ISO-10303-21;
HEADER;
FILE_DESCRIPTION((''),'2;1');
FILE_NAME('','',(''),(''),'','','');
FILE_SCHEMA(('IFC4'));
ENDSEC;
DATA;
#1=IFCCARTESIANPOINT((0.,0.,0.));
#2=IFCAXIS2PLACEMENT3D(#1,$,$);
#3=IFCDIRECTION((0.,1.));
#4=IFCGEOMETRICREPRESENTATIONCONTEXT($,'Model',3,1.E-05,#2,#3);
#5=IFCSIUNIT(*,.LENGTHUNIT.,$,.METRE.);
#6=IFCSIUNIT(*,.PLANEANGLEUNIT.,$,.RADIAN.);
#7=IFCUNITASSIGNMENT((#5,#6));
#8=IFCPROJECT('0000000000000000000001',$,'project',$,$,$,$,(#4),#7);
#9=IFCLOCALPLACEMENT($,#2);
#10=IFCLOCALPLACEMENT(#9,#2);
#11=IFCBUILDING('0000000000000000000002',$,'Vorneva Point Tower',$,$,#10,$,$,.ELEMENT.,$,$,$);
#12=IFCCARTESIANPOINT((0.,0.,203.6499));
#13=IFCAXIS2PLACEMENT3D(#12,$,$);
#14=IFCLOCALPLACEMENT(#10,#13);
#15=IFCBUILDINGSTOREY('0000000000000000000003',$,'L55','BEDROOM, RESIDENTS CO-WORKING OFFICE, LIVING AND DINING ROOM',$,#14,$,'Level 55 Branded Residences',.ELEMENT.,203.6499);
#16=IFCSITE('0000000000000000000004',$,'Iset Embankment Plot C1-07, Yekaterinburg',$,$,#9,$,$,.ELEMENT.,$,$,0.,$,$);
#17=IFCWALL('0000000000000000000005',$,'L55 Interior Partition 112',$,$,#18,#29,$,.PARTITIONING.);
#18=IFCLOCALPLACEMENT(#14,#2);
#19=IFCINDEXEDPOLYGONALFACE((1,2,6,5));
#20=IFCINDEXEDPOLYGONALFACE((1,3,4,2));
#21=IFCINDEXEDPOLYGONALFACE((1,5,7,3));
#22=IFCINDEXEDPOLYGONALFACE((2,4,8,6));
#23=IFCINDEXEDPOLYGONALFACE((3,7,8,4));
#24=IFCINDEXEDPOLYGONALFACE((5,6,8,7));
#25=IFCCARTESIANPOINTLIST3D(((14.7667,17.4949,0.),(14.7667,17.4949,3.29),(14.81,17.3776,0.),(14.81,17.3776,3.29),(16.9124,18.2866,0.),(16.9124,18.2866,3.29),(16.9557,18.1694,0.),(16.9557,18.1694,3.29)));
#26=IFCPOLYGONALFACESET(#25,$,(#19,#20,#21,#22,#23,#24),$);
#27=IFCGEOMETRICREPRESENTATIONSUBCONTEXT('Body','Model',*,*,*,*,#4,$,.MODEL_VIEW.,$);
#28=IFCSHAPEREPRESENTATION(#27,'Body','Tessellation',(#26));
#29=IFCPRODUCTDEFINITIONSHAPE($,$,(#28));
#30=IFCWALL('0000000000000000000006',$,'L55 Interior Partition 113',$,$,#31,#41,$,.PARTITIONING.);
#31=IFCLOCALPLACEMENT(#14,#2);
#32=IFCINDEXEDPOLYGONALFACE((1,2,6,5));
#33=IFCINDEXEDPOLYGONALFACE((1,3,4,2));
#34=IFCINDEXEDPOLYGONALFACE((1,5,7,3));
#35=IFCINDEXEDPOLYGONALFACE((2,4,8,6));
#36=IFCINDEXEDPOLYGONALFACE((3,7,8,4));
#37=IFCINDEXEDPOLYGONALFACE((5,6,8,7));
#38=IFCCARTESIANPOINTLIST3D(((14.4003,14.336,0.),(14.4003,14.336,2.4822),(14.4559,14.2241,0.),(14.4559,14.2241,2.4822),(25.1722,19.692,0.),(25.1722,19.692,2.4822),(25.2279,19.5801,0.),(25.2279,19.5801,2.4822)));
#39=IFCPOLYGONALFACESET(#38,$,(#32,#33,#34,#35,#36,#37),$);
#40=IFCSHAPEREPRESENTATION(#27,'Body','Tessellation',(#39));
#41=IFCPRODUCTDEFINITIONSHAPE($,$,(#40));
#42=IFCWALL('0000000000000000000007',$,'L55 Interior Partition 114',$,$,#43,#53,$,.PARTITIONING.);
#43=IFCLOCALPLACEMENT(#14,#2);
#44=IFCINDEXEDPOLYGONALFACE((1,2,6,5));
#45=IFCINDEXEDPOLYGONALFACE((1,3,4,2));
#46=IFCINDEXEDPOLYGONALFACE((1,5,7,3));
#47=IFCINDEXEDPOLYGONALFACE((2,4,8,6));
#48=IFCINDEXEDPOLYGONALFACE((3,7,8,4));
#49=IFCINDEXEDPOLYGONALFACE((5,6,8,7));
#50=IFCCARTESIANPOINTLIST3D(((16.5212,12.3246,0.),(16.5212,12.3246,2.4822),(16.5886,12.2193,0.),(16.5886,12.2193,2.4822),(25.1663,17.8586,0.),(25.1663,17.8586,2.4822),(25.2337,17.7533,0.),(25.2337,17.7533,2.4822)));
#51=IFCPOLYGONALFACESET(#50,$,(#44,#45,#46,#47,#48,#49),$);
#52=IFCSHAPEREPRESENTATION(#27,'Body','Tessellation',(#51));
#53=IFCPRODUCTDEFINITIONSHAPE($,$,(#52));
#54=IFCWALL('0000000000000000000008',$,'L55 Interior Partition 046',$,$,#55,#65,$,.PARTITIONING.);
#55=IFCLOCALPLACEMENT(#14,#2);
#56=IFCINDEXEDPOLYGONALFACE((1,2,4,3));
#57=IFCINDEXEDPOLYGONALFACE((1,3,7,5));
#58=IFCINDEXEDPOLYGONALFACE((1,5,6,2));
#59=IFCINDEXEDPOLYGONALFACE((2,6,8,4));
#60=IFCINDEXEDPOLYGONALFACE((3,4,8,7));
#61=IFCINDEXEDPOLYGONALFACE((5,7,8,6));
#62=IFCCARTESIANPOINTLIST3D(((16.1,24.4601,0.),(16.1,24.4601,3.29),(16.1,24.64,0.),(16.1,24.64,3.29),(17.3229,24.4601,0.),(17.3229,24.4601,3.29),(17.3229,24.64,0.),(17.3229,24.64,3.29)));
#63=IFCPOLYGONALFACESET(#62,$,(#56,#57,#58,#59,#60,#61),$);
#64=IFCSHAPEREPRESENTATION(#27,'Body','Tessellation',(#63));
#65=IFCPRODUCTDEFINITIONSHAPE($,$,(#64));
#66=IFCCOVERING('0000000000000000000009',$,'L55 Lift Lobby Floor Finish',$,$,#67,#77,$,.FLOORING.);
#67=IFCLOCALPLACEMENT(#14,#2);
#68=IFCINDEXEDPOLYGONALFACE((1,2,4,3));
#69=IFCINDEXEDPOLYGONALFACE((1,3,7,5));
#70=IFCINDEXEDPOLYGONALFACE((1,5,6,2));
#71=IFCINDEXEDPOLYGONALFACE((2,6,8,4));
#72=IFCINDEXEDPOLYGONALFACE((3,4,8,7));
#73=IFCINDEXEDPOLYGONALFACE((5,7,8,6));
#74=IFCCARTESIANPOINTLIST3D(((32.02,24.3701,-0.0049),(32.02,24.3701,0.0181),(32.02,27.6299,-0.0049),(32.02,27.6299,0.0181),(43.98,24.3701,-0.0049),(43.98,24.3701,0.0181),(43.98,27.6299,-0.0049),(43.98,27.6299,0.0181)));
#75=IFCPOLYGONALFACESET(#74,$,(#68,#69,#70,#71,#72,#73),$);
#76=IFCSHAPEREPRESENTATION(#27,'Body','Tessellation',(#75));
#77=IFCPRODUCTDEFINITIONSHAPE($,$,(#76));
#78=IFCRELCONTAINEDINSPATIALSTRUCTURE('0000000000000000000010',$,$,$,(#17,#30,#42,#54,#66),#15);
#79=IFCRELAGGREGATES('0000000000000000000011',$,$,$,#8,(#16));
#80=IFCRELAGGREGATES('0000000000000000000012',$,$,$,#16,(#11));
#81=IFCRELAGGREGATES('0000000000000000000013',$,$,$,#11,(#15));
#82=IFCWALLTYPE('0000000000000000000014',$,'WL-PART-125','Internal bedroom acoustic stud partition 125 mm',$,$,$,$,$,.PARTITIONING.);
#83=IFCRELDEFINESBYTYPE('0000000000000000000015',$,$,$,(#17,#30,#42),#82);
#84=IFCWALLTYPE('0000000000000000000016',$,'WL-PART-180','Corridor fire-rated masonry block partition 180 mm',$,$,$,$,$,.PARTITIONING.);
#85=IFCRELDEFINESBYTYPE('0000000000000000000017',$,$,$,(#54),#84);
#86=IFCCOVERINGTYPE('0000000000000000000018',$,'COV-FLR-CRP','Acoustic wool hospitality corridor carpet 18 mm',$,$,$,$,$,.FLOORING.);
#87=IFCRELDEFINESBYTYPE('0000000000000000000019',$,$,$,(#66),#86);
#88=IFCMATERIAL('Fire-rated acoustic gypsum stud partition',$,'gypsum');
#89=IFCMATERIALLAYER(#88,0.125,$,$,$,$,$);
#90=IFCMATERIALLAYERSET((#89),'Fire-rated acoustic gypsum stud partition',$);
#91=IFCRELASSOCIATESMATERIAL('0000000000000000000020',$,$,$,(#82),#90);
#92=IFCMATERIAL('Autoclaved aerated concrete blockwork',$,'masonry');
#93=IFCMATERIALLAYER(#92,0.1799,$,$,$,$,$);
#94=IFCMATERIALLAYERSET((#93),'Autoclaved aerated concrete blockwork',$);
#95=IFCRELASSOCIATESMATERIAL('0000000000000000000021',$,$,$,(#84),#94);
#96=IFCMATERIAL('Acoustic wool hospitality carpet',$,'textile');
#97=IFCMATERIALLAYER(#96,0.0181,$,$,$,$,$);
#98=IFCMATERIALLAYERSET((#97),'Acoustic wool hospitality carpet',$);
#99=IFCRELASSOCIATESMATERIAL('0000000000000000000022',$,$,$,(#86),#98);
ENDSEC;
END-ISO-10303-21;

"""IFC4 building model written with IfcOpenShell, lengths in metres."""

from ifc_helpers import new_model, si_unit, direction, frame, frame_2d, origin, place, context, subcontext, project, spatial, polyline, rectangle, outline, extrude, material, layer, layer_set, type_object, element, save


model = new_model("IFC4")

# Units and contexts
model_context = context("Model", 3, precision=1e-05, world=origin(), true_north=direction((0.0, 1.0)))
body_context = subcontext(model_context, "Body", "Model", "MODEL_VIEW")
ifc_project = project(units=[si_unit("LENGTHUNIT", "METRE"), si_unit("PLANEANGLEUNIT", "RADIAN")], contexts=[model_context])

# Site, building, storey
site_placement = place(None, origin())
site = spatial("IfcSite", under=ifc_project, at=site_placement, Name="Iset Embankment Plot C1-07, Yekaterinburg", CompositionType="ELEMENT", RefElevation=0.0)
building_placement = place(site_placement, origin())
building = spatial("IfcBuilding", under=site, at=building_placement, Name="Vorneva Point Tower", CompositionType="ELEMENT")
storey_placement = place(building_placement, frame((0.0, 0.0, 203.6499)))
storey = spatial("IfcBuildingStorey", under=building, at=storey_placement, Name="L55", Description="BEDROOM, RESIDENTS CO-WORKING OFFICE, LIVING AND DINING ROOM", LongName="Level 55 Branded Residences", CompositionType="ELEMENT", Elevation=203.6499)

# Shared definitions
ifc_material_1 = material(Name="Fire-rated acoustic gypsum stud partition", Category="gypsum")

# Shared definitions
ifc_layer_1 = layer(ifc_material_1, 0.125)
ifc_layer_set_1 = layer_set([ifc_layer_1], Name="Fire-rated acoustic gypsum stud partition")
wall_type_1 = type_object("IfcWallType", Name="WL-PART-125", Description="Internal bedroom acoustic stud partition 125 mm", PredefinedType="PARTITIONING", material=ifc_layer_set_1)

# Walls
wall_1_placement = place(storey_placement, frame((14.7883, 17.4363, 0.0), z_axis=(0.0, 0.0, 1.0), x_axis=(0.938172, 0.34617, 0.0)))
element("IfcWall", 1, at=wall_1_placement, inside=storey, type_object=wall_type_1, Name="L55 Interior Partition 112", PredefinedType="PARTITIONING", context=body_context, shape_type="SweptSolid", body=[
    extrude(rectangle(XDim=2.2871, YDim=0.125, at=frame_2d((1.1436, 0.0))), origin(), (0.0, 0.0, 1.0), 3.29),
])
wall_2_placement = place(storey_placement, frame((14.428, 14.28, 0.0), z_axis=(0.0, 0.0, 1.0), x_axis=(0.895423, 0.445216, 0.0)))
element("IfcWall", 2, at=wall_2_placement, inside=storey, type_object=wall_type_1, Name="L55 Interior Partition 113", PredefinedType="PARTITIONING", context=body_context, shape_type="SweptSolid", body=[
    extrude(rectangle(XDim=12.03, YDim=0.125, at=frame_2d((6.0151, 0.0))), origin(), (0.0, 0.0, 1.0), 2.4822),
])
wall_3_placement = place(storey_placement, frame((16.5549, 12.272, 0.0), z_axis=(0.0, 0.0, 1.0), x_axis=(0.842222, 0.539131, 0.0)))
element("IfcWall", 3, at=wall_3_placement, inside=storey, type_object=wall_type_1, Name="L55 Interior Partition 114", PredefinedType="PARTITIONING", context=body_context, shape_type="SweptSolid", body=[
    extrude(rectangle(XDim=10.2646, YDim=0.125, at=frame_2d((5.1323, 0.0))), origin(), (0.0, 0.0, 1.0), 2.4822),
])
ifc_material_2 = material(Name="Autoclaved aerated concrete blockwork", Category="masonry")
ifc_layer_2 = layer(ifc_material_2, 0.1799)
ifc_layer_set_2 = layer_set([ifc_layer_2], Name="Autoclaved aerated concrete blockwork")
wall_type_2 = type_object("IfcWallType", Name="WL-PART-180", Description="Corridor fire-rated masonry block partition 180 mm", PredefinedType="PARTITIONING", material=ifc_layer_set_2)
wall_4_placement = place(storey_placement, frame((16.1001, 24.55, 0.0), z_axis=(0.0, 0.0, 1.0), x_axis=(1.0, 0.0, 0.0)))
element("IfcWall", 4, at=wall_4_placement, inside=storey, type_object=wall_type_2, Name="L55 Interior Partition 046", PredefinedType="PARTITIONING", context=body_context, shape_type="SweptSolid", body=[
    extrude(rectangle(XDim=1.2229, YDim=0.1799, at=frame_2d((0.6113, 0.0))), origin(), (0.0, 0.0, 1.0), 3.29),
])

# Covering
ifc_material_3 = material(Name="Acoustic wool hospitality carpet", Category="textile")
ifc_layer_3 = layer(ifc_material_3, 0.0181)
ifc_layer_set_3 = layer_set([ifc_layer_3], Name="Acoustic wool hospitality carpet")
covering_type = type_object("IfcCoveringType", Name="COV-FLR-CRP", Description="Acoustic wool hospitality corridor carpet 18 mm", PredefinedType="FLOORING", material=ifc_layer_set_3)
covering_placement = place(storey_placement, frame((0.0, 0.0, -0.0049)))
element("IfcCovering", 5, at=covering_placement, inside=storey, type_object=covering_type, Name="L55 Lift Lobby Floor Finish", PredefinedType="FLOORING", context=body_context, shape_type="SweptSolid", body=[
    extrude(outline(polyline([(32.02, 24.3701), (43.98, 24.3701), (43.98, 27.6299), (32.02, 27.6299), (32.02, 24.3701)])), origin(), (0.0, 0.0, 1.0), 0.0229),
])

save(model, "model.ifc")
